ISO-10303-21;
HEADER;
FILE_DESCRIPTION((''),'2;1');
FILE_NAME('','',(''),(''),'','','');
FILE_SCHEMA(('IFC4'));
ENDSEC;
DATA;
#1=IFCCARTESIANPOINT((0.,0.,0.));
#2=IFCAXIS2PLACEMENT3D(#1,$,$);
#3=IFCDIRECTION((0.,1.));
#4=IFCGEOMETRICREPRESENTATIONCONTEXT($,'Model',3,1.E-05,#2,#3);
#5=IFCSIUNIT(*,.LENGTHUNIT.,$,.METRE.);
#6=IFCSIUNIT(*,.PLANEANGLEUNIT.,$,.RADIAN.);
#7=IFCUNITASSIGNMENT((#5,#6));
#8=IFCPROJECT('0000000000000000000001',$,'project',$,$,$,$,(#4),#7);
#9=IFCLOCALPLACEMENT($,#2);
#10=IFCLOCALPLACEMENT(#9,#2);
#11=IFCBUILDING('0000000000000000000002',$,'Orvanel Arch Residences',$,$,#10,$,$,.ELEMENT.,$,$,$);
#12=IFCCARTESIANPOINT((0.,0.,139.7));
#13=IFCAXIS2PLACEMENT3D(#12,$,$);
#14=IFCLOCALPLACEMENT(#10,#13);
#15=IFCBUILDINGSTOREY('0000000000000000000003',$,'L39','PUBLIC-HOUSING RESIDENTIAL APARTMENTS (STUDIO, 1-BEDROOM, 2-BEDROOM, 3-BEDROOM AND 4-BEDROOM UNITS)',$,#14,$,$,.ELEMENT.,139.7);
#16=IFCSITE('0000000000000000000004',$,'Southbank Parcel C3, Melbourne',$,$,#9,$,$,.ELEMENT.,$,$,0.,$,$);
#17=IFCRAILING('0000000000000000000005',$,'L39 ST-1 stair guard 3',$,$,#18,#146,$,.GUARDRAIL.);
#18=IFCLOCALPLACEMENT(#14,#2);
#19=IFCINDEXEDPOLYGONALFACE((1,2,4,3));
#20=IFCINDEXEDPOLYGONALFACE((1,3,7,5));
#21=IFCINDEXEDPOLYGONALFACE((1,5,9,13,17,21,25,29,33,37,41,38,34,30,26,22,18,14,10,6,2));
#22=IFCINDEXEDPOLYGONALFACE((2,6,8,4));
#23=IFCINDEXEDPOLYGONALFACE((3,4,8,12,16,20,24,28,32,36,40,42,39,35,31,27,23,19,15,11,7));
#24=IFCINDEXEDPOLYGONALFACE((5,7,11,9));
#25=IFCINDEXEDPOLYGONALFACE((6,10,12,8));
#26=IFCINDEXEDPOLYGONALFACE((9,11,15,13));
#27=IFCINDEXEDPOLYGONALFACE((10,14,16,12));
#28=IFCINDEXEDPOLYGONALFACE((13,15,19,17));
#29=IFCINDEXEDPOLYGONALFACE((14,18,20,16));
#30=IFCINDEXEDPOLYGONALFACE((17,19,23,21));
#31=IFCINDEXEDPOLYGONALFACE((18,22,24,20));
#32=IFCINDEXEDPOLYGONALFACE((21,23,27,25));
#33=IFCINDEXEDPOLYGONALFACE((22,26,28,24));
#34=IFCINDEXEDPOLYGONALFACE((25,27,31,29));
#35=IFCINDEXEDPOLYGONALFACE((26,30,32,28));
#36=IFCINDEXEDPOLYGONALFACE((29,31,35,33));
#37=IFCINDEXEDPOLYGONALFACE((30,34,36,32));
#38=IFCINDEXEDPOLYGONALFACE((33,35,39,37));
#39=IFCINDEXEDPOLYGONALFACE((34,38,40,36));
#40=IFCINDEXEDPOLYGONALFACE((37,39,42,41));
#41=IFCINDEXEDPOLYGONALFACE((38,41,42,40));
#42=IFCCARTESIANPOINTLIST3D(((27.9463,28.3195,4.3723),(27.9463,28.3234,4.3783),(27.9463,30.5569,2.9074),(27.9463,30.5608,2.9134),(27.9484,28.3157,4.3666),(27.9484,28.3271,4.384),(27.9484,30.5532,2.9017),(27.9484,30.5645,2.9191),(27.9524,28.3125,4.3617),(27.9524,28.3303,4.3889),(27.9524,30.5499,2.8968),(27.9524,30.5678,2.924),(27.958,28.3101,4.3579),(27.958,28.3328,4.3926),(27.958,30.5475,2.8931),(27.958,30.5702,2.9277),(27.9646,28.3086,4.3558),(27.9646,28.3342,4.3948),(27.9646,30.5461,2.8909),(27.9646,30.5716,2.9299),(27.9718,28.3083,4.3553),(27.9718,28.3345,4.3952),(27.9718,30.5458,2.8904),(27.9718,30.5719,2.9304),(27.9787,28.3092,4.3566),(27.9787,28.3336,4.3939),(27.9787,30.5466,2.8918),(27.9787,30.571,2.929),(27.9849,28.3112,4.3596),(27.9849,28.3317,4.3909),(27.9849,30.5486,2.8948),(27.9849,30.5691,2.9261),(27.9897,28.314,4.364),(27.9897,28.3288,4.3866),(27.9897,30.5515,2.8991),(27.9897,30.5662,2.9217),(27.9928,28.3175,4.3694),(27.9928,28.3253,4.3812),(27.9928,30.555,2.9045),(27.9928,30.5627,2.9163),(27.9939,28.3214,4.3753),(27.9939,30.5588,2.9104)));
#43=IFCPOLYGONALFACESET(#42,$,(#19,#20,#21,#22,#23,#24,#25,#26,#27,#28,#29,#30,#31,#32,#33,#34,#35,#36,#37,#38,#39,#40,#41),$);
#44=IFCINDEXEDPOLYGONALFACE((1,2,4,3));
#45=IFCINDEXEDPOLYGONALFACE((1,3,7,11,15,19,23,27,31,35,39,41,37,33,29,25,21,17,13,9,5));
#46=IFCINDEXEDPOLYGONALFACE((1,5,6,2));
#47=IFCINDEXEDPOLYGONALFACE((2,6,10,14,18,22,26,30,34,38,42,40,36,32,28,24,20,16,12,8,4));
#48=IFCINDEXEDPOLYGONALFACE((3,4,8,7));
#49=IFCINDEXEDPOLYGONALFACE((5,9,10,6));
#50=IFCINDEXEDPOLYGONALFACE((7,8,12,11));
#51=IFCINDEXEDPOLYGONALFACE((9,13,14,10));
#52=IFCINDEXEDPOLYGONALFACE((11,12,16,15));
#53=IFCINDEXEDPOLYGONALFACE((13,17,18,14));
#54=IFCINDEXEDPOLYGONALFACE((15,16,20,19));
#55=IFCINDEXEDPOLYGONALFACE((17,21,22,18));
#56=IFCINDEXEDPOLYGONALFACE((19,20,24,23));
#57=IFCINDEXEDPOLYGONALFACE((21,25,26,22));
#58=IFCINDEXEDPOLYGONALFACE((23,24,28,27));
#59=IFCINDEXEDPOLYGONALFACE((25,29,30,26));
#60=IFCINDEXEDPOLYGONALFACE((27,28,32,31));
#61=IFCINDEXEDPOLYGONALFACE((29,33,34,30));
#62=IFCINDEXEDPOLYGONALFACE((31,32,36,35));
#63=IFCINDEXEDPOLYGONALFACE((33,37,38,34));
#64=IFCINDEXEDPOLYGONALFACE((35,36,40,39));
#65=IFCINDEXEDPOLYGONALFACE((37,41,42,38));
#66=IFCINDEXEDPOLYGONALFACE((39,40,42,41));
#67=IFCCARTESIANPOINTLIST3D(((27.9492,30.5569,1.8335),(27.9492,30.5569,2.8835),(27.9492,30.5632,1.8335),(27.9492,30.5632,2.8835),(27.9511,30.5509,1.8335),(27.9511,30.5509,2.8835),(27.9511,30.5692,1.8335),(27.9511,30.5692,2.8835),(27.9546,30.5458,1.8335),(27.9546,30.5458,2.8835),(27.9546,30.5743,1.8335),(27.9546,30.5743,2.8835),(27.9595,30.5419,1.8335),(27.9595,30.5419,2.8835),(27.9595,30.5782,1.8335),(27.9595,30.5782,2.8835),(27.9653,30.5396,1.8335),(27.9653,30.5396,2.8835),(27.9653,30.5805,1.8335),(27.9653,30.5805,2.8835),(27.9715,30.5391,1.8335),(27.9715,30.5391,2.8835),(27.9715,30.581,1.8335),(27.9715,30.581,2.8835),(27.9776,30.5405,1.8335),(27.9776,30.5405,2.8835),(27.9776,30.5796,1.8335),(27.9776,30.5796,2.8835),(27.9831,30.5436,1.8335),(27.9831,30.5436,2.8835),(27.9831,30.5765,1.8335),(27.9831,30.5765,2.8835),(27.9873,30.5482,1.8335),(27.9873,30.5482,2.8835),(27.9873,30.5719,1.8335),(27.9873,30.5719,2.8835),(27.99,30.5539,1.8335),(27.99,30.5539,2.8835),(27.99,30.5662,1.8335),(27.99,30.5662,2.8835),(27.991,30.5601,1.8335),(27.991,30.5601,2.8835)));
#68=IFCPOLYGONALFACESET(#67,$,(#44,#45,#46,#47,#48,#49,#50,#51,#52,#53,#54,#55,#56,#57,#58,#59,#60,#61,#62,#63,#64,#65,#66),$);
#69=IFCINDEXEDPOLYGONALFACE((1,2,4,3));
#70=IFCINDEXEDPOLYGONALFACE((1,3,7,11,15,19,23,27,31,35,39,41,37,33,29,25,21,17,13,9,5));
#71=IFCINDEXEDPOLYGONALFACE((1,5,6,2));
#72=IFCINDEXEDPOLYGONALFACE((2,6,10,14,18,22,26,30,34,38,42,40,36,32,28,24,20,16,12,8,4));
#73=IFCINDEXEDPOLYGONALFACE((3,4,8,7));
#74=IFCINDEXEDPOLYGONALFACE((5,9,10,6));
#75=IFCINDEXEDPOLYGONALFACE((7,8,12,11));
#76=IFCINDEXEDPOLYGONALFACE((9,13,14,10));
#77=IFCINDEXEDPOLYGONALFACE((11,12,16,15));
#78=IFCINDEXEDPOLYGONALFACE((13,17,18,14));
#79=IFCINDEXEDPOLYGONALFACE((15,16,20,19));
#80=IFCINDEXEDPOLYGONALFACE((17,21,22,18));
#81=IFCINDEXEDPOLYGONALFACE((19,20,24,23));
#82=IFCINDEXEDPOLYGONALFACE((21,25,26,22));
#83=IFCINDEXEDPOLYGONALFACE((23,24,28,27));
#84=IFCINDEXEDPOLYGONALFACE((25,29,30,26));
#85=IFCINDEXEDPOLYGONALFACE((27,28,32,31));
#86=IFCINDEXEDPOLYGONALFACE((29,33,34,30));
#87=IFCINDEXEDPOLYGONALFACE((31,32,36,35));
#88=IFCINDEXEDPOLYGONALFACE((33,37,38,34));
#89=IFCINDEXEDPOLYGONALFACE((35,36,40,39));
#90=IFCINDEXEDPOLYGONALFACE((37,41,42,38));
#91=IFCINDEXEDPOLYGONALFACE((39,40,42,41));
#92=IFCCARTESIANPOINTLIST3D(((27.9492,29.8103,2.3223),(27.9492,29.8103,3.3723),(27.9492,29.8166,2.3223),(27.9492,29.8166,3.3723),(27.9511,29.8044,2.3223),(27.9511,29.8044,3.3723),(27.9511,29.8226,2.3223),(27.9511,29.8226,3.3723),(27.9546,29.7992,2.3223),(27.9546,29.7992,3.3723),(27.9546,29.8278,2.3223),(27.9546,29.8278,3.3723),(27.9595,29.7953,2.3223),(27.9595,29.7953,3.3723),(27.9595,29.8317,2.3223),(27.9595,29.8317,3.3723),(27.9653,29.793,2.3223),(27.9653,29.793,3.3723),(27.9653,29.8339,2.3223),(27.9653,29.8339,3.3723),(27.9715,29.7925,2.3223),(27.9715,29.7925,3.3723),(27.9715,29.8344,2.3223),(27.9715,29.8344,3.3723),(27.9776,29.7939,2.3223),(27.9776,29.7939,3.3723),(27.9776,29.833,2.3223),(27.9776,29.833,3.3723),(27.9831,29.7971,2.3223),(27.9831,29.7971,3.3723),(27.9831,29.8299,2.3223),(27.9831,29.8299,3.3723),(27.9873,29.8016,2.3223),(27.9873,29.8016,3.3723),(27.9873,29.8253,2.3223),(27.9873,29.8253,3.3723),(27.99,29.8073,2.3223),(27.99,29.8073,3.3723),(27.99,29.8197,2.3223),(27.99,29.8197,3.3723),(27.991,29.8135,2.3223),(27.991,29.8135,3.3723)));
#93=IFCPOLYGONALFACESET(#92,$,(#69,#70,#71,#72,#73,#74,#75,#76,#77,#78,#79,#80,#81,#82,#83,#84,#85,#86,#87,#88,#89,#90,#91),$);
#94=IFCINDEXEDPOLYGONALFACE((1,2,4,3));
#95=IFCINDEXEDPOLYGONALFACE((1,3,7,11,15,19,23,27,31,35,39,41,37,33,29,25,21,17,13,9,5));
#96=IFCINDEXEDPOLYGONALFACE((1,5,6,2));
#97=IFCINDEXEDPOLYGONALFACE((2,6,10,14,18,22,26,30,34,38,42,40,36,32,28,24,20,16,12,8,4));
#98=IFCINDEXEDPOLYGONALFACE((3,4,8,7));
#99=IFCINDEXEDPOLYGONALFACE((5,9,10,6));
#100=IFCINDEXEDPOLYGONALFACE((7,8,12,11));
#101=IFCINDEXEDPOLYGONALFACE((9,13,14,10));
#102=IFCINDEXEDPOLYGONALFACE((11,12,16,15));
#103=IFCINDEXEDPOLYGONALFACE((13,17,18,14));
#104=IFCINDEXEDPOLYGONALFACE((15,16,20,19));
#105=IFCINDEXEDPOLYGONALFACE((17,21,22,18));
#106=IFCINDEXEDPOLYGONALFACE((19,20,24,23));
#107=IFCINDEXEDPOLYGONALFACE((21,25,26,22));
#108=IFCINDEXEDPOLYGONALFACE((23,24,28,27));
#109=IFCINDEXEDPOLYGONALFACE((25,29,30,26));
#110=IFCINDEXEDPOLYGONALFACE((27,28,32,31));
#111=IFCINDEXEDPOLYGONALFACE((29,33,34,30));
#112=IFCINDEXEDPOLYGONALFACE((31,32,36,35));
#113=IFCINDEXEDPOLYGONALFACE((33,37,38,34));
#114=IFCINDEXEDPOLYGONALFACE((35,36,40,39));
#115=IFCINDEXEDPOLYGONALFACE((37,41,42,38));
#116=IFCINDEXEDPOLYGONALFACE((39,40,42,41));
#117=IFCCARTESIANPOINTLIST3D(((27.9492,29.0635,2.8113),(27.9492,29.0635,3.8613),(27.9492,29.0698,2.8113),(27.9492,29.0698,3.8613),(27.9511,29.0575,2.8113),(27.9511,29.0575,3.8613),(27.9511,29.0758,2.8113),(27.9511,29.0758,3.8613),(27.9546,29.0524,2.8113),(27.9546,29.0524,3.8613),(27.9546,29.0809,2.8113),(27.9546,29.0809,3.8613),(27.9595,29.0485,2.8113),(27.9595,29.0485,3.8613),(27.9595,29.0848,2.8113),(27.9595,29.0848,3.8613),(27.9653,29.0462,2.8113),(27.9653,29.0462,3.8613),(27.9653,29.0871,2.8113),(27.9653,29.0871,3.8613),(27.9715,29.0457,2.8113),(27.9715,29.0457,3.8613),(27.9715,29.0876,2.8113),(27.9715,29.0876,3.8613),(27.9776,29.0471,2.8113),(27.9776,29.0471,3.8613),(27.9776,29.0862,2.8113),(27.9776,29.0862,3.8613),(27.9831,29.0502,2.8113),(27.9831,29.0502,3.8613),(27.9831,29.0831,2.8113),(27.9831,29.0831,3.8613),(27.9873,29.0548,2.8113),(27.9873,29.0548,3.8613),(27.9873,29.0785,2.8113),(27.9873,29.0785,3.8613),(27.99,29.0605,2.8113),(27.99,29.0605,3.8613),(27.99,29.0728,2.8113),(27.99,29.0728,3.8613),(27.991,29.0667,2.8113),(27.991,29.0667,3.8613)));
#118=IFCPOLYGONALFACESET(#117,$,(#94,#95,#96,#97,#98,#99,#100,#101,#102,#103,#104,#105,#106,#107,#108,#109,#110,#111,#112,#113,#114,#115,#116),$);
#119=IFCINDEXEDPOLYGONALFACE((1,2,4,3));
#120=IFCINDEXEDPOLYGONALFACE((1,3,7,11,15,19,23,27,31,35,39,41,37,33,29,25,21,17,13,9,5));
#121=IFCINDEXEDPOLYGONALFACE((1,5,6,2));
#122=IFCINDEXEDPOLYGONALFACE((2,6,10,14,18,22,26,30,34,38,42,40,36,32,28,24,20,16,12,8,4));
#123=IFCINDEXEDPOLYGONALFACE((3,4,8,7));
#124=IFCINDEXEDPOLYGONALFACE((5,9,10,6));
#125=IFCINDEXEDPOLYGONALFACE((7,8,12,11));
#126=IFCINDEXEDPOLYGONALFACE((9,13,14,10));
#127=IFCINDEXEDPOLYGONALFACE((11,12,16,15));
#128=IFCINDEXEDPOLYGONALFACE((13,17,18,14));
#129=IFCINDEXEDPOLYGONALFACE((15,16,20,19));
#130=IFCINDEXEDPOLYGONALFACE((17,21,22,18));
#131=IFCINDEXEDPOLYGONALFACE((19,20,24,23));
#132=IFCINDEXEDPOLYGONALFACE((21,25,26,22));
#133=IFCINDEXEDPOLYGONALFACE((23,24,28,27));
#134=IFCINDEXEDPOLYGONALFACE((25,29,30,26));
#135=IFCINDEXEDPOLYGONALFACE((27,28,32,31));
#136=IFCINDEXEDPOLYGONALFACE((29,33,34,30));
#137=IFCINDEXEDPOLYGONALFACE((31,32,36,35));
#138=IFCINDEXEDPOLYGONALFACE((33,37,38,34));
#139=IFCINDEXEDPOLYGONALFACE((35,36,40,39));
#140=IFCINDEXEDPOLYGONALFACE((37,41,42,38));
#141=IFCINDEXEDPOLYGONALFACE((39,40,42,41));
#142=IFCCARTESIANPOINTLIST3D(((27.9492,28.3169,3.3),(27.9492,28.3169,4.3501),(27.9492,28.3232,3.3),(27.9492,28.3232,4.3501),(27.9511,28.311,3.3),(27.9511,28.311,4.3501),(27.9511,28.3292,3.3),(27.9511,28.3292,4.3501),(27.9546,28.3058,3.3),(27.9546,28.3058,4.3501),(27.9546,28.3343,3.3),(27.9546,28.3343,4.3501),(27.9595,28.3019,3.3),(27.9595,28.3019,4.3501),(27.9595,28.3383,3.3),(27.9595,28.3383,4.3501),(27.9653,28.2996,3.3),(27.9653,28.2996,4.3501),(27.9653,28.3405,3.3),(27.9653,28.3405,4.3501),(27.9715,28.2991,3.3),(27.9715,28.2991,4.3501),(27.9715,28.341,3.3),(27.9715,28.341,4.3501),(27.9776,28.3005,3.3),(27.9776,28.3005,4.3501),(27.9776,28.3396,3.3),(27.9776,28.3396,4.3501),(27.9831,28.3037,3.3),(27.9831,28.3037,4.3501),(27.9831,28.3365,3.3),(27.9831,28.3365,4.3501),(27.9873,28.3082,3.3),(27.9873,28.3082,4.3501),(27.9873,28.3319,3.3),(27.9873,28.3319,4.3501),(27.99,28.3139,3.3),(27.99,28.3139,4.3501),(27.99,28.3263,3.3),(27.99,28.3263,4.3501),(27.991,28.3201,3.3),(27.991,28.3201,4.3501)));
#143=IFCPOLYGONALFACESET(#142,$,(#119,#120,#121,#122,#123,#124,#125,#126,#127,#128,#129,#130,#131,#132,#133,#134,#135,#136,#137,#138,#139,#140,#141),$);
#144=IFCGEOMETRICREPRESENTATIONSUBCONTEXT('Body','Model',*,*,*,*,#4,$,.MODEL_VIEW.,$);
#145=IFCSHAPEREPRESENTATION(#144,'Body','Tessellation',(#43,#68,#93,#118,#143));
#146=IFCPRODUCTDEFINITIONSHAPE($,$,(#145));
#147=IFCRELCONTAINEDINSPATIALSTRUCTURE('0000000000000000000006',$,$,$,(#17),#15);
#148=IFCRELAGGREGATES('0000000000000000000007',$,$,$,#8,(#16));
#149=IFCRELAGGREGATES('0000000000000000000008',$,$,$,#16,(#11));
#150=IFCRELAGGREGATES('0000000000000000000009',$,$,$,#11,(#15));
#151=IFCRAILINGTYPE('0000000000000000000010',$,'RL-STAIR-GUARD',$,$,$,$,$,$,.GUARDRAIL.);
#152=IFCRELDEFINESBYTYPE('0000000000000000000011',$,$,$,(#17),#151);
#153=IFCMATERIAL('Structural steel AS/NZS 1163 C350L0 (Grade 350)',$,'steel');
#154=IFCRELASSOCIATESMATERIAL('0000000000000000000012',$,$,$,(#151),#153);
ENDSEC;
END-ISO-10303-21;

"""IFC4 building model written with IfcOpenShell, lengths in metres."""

from ifc_helpers import new_model, si_unit, direction, frame, origin, origin_2d, place, context, subcontext, project, spatial, circle, extrude, material, type_object, element, save


model = new_model("IFC4")

# Units and contexts
model_context = context("Model", 3, precision=1e-05, world=origin(), true_north=direction((0.0, 1.0)))
body_context = subcontext(model_context, "Body", "Model", "MODEL_VIEW")
ifc_project = project(units=[si_unit("LENGTHUNIT", "METRE"), si_unit("PLANEANGLEUNIT", "RADIAN")], contexts=[model_context])

# Site, building, storey
site_placement = place(None, origin())
site = spatial("IfcSite", under=ifc_project, at=site_placement, Name="Southbank Parcel C3, Melbourne", CompositionType="ELEMENT", RefElevation=0.0)
building_placement = place(site_placement, origin())
building = spatial("IfcBuilding", under=site, at=building_placement, Name="Orvanel Arch Residences", CompositionType="ELEMENT")
storey_placement = place(building_placement, frame((0.0, 0.0, 139.7)))
storey = spatial("IfcBuildingStorey", under=building, at=storey_placement, Name="L39", Description="PUBLIC-HOUSING RESIDENTIAL APARTMENTS (STUDIO, 1-BEDROOM, 2-BEDROOM, 3-BEDROOM AND 4-BEDROOM UNITS)", CompositionType="ELEMENT", Elevation=139.7)

# Railing
ifc_material_1 = material(Name="Structural steel AS/NZS 1163 C350L0 (Grade 350)", Category="steel")
railing_type_1 = type_object("IfcRailingType", Name="RL-STAIR-GUARD", PredefinedType="GUARDRAIL", material=ifc_material_1)
railing_1_placement = place(storey_placement, frame((27.97, 30.5601, 1.8335)))
element("IfcRailing", 1, at=railing_1_placement, inside=storey, type_object=railing_type_1, Name="L39 ST-1 stair guard 3", PredefinedType="GUARDRAIL", context=body_context, shape_type="SweptSolid", body=[
    extrude(circle(Radius=0.0239, at=origin_2d()), frame((0.0, -0.0012, 1.0769), z_axis=(0.0, -0.836637, 0.547758), x_axis=(1.0, 0.0, 0.0)), (0.0, 0.0, 1.0), 2.6743),
    extrude(circle(Radius=0.021, at=origin_2d()), origin(), (0.0, 0.0, 1.0), 1.05),
    extrude(circle(Radius=0.021, at=origin_2d()), frame((0.0, -0.7466, 0.4888)), (0.0, 0.0, 1.0), 1.05),
    extrude(circle(Radius=0.021, at=origin_2d()), frame((0.0, -1.4934, 0.9778)), (0.0, 0.0, 1.0), 1.05),
    extrude(circle(Radius=0.021, at=origin_2d()), frame((0.0, -2.24, 1.4666)), (0.0, 0.0, 1.0), 1.05),
])

save(model, "model.ifc")
